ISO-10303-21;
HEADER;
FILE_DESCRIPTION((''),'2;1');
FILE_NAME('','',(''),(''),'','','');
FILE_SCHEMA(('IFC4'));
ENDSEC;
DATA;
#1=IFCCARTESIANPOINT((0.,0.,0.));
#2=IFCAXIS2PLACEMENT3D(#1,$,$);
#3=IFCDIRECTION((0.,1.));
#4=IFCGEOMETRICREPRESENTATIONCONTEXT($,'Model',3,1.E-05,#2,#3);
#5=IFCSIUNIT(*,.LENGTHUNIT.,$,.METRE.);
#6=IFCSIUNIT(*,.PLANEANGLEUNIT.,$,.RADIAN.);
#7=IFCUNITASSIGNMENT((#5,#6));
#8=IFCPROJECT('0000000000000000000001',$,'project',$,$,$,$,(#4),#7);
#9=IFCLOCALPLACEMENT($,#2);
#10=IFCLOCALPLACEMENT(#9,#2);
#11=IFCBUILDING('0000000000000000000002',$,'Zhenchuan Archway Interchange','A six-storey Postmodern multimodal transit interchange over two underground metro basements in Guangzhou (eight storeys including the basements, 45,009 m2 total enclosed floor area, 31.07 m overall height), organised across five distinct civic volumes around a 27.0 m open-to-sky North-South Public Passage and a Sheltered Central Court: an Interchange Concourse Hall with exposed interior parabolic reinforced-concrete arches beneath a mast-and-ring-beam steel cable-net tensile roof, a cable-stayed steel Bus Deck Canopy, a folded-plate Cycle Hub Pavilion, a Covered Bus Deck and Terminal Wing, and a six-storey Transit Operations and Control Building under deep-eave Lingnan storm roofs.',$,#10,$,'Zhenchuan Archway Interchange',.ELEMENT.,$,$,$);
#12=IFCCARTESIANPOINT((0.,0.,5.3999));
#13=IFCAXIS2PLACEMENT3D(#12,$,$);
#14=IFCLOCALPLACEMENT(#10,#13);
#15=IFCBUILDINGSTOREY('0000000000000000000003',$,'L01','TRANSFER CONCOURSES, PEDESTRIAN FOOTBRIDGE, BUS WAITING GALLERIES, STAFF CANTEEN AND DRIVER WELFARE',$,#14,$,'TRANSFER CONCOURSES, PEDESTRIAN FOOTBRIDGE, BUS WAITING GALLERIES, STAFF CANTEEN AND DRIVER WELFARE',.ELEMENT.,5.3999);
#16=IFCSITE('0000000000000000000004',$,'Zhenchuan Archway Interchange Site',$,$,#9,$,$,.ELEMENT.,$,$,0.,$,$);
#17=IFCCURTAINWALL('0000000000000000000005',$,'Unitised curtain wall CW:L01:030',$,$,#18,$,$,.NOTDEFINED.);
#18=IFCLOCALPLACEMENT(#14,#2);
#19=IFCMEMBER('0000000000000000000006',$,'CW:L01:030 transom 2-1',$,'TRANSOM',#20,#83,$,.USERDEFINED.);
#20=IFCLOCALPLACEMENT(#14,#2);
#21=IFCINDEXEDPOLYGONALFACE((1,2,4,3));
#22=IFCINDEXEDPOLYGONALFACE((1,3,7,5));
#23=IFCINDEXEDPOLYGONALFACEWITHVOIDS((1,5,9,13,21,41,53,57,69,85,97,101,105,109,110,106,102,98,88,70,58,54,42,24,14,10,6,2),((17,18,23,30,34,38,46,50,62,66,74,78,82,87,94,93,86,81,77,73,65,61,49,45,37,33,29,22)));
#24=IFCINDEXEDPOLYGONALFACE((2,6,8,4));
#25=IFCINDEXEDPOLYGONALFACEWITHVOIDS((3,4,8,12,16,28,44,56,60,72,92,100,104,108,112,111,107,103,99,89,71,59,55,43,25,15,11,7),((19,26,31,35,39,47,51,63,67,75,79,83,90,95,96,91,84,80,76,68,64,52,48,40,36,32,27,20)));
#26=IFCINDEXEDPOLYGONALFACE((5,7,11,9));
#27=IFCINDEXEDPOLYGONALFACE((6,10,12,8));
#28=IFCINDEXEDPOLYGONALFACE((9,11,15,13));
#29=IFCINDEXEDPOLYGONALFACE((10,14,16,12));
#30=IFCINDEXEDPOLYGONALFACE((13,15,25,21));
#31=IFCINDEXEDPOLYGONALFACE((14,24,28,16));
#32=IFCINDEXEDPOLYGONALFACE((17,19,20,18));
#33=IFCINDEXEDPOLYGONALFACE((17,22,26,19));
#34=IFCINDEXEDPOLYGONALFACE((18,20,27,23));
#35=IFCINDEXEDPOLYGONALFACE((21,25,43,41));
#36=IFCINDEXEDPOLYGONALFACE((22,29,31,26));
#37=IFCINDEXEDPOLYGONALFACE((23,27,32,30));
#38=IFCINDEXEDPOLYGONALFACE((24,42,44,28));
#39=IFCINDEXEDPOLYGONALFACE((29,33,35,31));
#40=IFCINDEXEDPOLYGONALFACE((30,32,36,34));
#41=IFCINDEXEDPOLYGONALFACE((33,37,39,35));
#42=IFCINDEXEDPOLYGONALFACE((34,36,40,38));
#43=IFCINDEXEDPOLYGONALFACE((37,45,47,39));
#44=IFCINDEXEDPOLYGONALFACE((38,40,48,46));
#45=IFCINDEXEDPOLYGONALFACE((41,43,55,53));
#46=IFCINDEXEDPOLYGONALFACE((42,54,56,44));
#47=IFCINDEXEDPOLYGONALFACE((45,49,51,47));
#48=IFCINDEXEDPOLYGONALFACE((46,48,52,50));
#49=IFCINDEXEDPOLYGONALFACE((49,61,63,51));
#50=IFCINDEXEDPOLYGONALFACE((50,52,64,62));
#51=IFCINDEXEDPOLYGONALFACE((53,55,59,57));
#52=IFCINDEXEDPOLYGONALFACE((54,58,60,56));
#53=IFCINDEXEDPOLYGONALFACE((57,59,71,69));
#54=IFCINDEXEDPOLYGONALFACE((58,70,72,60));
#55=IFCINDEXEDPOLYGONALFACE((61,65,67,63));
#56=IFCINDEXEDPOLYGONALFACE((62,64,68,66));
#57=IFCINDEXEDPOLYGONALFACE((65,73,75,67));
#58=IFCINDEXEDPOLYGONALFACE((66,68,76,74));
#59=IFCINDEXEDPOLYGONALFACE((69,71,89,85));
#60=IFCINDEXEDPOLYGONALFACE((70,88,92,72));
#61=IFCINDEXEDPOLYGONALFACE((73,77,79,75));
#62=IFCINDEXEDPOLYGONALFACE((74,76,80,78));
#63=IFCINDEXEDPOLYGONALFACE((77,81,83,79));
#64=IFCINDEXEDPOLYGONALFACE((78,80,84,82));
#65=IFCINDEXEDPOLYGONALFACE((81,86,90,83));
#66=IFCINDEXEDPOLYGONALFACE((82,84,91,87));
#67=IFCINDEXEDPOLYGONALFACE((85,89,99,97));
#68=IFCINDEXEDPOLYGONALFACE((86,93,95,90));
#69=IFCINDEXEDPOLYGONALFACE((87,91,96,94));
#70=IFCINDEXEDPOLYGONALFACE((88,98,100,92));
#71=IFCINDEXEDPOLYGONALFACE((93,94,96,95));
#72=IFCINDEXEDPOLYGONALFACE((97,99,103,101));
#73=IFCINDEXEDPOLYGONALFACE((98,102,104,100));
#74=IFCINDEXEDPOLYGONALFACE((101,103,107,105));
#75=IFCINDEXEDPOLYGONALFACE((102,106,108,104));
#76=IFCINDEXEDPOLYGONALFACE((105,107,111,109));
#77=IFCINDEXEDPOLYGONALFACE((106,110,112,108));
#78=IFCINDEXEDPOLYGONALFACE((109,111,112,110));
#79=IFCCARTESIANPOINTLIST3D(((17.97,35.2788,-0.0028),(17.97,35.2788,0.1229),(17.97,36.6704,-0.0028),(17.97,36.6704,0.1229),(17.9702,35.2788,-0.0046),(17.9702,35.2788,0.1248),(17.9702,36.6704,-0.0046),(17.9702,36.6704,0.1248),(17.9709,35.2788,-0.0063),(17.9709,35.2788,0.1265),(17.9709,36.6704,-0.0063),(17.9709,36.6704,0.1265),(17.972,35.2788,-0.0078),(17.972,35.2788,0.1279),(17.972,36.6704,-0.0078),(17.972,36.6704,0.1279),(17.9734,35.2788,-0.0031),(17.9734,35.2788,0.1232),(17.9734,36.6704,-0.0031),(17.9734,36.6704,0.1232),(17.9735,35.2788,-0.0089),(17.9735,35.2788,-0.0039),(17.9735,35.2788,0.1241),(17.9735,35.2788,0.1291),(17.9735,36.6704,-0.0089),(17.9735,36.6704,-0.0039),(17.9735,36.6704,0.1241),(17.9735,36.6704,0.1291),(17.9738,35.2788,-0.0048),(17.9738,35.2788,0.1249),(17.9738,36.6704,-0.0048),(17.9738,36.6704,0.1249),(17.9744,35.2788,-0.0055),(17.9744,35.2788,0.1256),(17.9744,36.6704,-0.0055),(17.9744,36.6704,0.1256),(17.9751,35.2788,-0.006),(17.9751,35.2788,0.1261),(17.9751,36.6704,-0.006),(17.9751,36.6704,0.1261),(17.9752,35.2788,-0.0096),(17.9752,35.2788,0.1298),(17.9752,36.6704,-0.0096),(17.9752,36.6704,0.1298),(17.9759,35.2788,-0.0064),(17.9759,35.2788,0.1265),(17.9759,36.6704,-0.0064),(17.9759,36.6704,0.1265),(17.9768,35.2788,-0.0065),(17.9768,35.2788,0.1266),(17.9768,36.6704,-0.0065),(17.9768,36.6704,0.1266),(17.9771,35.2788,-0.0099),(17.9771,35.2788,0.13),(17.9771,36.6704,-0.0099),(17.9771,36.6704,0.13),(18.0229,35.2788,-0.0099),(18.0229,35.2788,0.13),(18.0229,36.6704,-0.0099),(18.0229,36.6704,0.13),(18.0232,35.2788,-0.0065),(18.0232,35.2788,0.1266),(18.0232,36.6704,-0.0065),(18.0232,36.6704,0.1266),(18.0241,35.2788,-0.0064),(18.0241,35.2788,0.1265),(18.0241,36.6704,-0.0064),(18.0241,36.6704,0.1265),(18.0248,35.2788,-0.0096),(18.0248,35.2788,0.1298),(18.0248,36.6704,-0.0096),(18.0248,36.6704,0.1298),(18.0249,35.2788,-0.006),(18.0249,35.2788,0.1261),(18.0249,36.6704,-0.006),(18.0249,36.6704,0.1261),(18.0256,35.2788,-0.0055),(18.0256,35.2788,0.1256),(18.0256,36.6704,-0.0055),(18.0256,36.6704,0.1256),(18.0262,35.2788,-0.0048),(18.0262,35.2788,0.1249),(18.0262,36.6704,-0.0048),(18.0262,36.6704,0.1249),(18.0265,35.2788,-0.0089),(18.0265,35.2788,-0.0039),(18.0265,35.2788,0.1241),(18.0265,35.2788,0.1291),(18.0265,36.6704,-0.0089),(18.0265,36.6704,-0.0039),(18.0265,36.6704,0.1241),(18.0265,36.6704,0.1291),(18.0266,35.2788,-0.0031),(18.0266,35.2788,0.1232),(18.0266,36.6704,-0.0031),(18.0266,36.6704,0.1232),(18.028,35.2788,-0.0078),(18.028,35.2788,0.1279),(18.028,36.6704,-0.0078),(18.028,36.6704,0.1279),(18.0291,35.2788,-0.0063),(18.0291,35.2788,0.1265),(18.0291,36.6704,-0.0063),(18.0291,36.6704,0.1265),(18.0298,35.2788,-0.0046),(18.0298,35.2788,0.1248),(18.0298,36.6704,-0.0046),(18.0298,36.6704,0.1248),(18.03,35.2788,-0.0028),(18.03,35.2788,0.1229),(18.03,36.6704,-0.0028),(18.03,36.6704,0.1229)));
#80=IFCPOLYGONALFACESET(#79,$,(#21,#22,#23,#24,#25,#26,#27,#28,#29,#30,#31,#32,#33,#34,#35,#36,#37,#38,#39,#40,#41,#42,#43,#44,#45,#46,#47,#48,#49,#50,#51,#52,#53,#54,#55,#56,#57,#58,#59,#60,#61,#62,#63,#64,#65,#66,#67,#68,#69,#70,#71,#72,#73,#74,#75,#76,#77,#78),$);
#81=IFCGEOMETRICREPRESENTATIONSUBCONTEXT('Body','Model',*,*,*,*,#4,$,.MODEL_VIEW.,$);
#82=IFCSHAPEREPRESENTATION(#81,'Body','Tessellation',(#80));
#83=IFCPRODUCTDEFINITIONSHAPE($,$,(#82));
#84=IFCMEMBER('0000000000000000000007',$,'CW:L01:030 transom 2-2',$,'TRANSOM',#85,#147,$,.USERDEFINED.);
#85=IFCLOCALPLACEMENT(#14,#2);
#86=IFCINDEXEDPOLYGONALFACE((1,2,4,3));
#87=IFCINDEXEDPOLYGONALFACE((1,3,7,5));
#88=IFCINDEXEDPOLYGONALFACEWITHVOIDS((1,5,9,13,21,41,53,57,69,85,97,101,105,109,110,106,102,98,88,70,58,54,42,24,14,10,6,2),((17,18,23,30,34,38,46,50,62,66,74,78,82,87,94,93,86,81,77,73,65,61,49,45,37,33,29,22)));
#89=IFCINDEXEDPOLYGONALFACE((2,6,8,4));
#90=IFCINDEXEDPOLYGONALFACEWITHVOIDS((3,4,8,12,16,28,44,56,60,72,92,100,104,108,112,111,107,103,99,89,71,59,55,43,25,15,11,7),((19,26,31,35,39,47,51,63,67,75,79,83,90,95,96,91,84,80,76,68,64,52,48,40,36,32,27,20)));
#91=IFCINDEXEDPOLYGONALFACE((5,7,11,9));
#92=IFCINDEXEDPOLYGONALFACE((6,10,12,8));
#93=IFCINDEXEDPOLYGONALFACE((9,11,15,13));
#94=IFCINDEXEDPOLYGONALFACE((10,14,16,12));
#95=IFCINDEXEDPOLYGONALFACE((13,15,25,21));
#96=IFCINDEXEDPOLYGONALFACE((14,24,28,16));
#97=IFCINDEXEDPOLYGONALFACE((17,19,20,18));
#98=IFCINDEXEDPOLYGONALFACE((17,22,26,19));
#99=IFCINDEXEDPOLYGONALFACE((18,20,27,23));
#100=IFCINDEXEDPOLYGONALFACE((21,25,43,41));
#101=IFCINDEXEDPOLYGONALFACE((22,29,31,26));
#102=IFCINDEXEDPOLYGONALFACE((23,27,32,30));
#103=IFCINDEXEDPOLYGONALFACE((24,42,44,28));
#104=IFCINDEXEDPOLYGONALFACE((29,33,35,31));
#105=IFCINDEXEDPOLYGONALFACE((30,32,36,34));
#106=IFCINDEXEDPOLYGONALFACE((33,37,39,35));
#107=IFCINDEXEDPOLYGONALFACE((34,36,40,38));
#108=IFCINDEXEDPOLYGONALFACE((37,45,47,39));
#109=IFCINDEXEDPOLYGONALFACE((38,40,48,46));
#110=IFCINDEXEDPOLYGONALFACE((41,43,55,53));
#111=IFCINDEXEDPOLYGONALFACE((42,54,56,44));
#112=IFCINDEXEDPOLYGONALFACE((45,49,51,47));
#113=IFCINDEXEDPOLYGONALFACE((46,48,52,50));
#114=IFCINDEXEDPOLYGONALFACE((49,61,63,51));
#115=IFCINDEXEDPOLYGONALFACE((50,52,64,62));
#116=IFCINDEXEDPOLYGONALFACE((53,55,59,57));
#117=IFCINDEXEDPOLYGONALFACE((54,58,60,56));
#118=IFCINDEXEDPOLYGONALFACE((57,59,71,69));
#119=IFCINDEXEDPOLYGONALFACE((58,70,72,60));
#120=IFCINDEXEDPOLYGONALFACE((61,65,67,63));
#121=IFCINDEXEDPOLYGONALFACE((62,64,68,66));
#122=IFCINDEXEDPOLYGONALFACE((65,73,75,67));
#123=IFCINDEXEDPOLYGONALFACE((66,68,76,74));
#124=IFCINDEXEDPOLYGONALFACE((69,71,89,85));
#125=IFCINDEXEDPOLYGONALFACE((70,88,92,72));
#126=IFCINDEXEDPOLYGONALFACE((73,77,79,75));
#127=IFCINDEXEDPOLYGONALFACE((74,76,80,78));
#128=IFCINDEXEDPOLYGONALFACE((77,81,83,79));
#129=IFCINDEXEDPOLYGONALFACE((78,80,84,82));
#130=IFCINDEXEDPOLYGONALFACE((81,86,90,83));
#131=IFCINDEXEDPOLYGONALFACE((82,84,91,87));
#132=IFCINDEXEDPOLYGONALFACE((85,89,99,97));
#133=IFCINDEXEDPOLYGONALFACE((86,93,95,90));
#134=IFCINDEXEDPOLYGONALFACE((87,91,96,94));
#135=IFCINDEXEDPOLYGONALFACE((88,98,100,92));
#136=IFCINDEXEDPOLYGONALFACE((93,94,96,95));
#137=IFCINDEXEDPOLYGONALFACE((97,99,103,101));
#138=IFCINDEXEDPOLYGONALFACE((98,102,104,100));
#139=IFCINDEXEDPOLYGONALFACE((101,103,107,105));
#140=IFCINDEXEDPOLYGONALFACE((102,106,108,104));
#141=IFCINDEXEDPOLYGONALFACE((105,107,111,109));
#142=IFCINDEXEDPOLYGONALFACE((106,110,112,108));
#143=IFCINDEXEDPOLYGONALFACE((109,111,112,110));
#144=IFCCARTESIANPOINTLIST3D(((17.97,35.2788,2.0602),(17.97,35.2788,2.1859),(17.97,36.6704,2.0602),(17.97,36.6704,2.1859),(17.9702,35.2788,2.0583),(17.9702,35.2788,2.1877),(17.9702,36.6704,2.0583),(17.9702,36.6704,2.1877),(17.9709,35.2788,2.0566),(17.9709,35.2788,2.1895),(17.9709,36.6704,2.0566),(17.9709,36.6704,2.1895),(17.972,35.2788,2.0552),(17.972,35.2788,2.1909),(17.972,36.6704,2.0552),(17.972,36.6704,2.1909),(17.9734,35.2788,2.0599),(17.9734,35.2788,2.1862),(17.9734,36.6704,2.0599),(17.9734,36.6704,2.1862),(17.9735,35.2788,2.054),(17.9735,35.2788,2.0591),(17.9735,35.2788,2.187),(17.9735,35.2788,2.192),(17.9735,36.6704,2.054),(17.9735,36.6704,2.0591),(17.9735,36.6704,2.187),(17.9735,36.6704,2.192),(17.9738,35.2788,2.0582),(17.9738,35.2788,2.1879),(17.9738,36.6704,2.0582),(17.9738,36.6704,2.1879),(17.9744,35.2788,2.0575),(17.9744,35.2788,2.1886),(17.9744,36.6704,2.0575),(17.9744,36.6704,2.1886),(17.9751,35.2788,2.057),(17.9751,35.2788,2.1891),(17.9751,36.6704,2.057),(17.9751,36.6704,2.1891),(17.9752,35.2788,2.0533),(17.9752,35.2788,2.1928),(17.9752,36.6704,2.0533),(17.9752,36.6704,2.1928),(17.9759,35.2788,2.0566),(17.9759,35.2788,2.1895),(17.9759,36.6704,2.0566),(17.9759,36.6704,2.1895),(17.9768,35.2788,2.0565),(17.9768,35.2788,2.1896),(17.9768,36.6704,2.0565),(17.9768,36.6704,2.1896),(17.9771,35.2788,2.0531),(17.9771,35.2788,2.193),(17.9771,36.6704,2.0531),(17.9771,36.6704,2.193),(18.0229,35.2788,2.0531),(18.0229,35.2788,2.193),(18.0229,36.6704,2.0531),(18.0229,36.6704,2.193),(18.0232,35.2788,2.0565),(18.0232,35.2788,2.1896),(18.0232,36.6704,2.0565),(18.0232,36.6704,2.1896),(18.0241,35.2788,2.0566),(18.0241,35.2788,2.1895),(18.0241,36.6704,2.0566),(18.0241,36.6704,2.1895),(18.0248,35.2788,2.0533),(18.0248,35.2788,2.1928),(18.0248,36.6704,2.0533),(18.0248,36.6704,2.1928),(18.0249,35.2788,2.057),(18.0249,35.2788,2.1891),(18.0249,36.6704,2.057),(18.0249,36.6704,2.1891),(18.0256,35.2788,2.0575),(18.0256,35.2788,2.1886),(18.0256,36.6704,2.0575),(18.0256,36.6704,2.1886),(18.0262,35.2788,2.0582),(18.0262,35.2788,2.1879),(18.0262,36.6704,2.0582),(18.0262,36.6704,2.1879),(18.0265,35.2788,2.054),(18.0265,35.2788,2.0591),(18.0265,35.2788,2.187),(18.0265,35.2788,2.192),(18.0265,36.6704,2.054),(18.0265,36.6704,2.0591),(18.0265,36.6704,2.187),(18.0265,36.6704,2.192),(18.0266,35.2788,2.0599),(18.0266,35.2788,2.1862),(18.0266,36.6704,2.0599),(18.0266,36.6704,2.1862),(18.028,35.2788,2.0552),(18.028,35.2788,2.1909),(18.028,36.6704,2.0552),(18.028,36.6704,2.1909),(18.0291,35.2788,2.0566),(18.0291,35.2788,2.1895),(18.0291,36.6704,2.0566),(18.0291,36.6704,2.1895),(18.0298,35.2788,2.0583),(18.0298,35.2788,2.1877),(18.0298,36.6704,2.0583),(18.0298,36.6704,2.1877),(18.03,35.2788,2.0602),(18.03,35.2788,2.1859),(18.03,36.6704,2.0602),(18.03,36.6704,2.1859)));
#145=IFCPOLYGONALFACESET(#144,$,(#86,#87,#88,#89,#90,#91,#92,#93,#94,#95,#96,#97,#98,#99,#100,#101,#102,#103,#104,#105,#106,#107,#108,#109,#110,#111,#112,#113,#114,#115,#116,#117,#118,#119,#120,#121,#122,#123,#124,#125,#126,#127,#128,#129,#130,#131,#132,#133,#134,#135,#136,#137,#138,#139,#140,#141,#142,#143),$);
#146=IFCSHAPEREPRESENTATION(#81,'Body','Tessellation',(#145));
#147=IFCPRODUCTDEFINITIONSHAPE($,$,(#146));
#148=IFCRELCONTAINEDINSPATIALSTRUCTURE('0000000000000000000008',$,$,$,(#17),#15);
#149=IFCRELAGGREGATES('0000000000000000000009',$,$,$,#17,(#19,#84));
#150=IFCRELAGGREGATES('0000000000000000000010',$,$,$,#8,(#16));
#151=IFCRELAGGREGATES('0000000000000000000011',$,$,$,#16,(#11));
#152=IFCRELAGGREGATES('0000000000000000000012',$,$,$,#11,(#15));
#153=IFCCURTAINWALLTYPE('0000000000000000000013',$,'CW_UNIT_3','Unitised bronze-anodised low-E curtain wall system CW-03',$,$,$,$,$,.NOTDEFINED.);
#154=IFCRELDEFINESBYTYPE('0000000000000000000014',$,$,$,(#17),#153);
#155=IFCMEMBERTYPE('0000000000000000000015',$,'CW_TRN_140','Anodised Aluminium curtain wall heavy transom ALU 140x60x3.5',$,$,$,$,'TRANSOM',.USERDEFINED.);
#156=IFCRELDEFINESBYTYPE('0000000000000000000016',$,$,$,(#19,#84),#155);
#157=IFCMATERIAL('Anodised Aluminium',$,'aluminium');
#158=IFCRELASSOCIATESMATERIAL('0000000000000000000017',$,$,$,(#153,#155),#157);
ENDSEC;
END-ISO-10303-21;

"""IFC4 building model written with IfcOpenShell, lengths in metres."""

from ifc_helpers import new_model, si_unit, direction, frame, origin, origin_2d, place, context, subcontext, project, spatial, hollow_rectangle, extrude, material, material_profile, profile_set, type_object, element, aggregate, save


model = new_model("IFC4")

# Units and contexts
model_context = context("Model", 3, precision=1e-05, world=origin(), true_north=direction((0.0, 1.0)))
body_context = subcontext(model_context, "Body", "Model", "MODEL_VIEW")
ifc_project = project(units=[si_unit("LENGTHUNIT", "METRE"), si_unit("PLANEANGLEUNIT", "RADIAN")], contexts=[model_context])

# Site, building, storey
site_placement = place(None, origin())
site = spatial("IfcSite", under=ifc_project, at=site_placement, Name="Zhenchuan Archway Interchange Site", CompositionType="ELEMENT", RefElevation=0.0)
building_placement = place(site_placement, origin())
building = spatial("IfcBuilding", under=site, at=building_placement, Name="Zhenchuan Archway Interchange", Description="A six-storey Postmodern multimodal transit interchange over two underground metro basements in Guangzhou (eight storeys including the basements, 45,009 m2 total enclosed floor area, 31.07 m overall height), organised across five distinct civic volumes around a 27.0 m open-to-sky North-South Public Passage and a Sheltered Central Court: an Interchange Concourse Hall with exposed interior parabolic reinforced-concrete arches beneath a mast-and-ring-beam steel cable-net tensile roof, a cable-stayed steel Bus Deck Canopy, a folded-plate Cycle Hub Pavilion, a Covered Bus Deck and Terminal Wing, and a six-storey Transit Operations and Control Building under deep-eave Lingnan storm roofs.", LongName="Zhenchuan Archway Interchange", CompositionType="ELEMENT")
storey_placement = place(building_placement, frame((0.0, 0.0, 5.3999)))
storey = spatial("IfcBuildingStorey", under=building, at=storey_placement, Name="L01", Description="TRANSFER CONCOURSES, PEDESTRIAN FOOTBRIDGE, BUS WAITING GALLERIES, STAFF CANTEEN AND DRIVER WELFARE", LongName="TRANSFER CONCOURSES, PEDESTRIAN FOOTBRIDGE, BUS WAITING GALLERIES, STAFF CANTEEN AND DRIVER WELFARE", CompositionType="ELEMENT", Elevation=5.3999)

# Curtain wall
ifc_material_1 = material(Name="Anodised Aluminium", Category="aluminium")
curtain_wall_type_1 = type_object("IfcCurtainWallType", Name="CW_UNIT_3", Description="Unitised bronze-anodised low-E curtain wall system CW-03", PredefinedType="NOTDEFINED", material=ifc_material_1)
curtain_wall_1_placement = place(storey_placement, origin())
curtain_wall_1 = element("IfcCurtainWall", 1, at=curtain_wall_1_placement, inside=storey, type_object=curtain_wall_type_1, Name="Unitised curtain wall CW:L01:030", PredefinedType="NOTDEFINED")

# Members
ifc_material_profile_1 = material_profile(ifc_material_1, hollow_rectangle(XDim=0.0601, YDim=0.1399, WallThickness=0.0034, InnerFilletRadius=0.0034, OuterFilletRadius=0.0071, at=origin_2d()), Name="ALU 140x60x3.5")
ifc_profile_set_1 = profile_set([ifc_material_profile_1], Name="Anodised Aluminium")
member_type_1 = type_object("IfcMemberType", Name="CW_TRN_140", Description="Anodised Aluminium curtain wall heavy transom ALU 140x60x3.5", ElementType="TRANSOM", PredefinedType="USERDEFINED", material=ifc_profile_set_1)
member_1_placement = place(storey_placement, frame((18.0, 35.2788, 0.0601), z_axis=(0.0, 1.0, 0.0), x_axis=(-1.0, 0.0, 0.0)))
member_1 = element("IfcMember", 2, at=member_1_placement, type_object=member_type_1, Name="CW:L01:030 transom 2-1", ObjectType="TRANSOM", PredefinedType="USERDEFINED", context=body_context, shape_type="SweptSolid", body=[
    extrude(hollow_rectangle(XDim=0.0601, YDim=0.1399, WallThickness=0.0034, InnerFilletRadius=0.0034, OuterFilletRadius=0.0071, at=origin_2d()), origin(), (0.0, 0.0, 1.0), 1.3916),
])
member_2_placement = place(storey_placement, frame((18.0, 35.2788, 2.123), z_axis=(0.0, 1.0, 0.0), x_axis=(-1.0, 0.0, 0.0)))
member_2 = element("IfcMember", 3, at=member_2_placement, type_object=member_type_1, Name="CW:L01:030 transom 2-2", ObjectType="TRANSOM", PredefinedType="USERDEFINED", context=body_context, shape_type="SweptSolid", body=[
    extrude(hollow_rectangle(XDim=0.0601, YDim=0.1399, WallThickness=0.0034, InnerFilletRadius=0.0034, OuterFilletRadius=0.0071, at=origin_2d()), origin(), (0.0, 0.0, 1.0), 1.3916),
])

aggregate(curtain_wall_1, [member_1, member_2])

save(model, "model.ifc")
